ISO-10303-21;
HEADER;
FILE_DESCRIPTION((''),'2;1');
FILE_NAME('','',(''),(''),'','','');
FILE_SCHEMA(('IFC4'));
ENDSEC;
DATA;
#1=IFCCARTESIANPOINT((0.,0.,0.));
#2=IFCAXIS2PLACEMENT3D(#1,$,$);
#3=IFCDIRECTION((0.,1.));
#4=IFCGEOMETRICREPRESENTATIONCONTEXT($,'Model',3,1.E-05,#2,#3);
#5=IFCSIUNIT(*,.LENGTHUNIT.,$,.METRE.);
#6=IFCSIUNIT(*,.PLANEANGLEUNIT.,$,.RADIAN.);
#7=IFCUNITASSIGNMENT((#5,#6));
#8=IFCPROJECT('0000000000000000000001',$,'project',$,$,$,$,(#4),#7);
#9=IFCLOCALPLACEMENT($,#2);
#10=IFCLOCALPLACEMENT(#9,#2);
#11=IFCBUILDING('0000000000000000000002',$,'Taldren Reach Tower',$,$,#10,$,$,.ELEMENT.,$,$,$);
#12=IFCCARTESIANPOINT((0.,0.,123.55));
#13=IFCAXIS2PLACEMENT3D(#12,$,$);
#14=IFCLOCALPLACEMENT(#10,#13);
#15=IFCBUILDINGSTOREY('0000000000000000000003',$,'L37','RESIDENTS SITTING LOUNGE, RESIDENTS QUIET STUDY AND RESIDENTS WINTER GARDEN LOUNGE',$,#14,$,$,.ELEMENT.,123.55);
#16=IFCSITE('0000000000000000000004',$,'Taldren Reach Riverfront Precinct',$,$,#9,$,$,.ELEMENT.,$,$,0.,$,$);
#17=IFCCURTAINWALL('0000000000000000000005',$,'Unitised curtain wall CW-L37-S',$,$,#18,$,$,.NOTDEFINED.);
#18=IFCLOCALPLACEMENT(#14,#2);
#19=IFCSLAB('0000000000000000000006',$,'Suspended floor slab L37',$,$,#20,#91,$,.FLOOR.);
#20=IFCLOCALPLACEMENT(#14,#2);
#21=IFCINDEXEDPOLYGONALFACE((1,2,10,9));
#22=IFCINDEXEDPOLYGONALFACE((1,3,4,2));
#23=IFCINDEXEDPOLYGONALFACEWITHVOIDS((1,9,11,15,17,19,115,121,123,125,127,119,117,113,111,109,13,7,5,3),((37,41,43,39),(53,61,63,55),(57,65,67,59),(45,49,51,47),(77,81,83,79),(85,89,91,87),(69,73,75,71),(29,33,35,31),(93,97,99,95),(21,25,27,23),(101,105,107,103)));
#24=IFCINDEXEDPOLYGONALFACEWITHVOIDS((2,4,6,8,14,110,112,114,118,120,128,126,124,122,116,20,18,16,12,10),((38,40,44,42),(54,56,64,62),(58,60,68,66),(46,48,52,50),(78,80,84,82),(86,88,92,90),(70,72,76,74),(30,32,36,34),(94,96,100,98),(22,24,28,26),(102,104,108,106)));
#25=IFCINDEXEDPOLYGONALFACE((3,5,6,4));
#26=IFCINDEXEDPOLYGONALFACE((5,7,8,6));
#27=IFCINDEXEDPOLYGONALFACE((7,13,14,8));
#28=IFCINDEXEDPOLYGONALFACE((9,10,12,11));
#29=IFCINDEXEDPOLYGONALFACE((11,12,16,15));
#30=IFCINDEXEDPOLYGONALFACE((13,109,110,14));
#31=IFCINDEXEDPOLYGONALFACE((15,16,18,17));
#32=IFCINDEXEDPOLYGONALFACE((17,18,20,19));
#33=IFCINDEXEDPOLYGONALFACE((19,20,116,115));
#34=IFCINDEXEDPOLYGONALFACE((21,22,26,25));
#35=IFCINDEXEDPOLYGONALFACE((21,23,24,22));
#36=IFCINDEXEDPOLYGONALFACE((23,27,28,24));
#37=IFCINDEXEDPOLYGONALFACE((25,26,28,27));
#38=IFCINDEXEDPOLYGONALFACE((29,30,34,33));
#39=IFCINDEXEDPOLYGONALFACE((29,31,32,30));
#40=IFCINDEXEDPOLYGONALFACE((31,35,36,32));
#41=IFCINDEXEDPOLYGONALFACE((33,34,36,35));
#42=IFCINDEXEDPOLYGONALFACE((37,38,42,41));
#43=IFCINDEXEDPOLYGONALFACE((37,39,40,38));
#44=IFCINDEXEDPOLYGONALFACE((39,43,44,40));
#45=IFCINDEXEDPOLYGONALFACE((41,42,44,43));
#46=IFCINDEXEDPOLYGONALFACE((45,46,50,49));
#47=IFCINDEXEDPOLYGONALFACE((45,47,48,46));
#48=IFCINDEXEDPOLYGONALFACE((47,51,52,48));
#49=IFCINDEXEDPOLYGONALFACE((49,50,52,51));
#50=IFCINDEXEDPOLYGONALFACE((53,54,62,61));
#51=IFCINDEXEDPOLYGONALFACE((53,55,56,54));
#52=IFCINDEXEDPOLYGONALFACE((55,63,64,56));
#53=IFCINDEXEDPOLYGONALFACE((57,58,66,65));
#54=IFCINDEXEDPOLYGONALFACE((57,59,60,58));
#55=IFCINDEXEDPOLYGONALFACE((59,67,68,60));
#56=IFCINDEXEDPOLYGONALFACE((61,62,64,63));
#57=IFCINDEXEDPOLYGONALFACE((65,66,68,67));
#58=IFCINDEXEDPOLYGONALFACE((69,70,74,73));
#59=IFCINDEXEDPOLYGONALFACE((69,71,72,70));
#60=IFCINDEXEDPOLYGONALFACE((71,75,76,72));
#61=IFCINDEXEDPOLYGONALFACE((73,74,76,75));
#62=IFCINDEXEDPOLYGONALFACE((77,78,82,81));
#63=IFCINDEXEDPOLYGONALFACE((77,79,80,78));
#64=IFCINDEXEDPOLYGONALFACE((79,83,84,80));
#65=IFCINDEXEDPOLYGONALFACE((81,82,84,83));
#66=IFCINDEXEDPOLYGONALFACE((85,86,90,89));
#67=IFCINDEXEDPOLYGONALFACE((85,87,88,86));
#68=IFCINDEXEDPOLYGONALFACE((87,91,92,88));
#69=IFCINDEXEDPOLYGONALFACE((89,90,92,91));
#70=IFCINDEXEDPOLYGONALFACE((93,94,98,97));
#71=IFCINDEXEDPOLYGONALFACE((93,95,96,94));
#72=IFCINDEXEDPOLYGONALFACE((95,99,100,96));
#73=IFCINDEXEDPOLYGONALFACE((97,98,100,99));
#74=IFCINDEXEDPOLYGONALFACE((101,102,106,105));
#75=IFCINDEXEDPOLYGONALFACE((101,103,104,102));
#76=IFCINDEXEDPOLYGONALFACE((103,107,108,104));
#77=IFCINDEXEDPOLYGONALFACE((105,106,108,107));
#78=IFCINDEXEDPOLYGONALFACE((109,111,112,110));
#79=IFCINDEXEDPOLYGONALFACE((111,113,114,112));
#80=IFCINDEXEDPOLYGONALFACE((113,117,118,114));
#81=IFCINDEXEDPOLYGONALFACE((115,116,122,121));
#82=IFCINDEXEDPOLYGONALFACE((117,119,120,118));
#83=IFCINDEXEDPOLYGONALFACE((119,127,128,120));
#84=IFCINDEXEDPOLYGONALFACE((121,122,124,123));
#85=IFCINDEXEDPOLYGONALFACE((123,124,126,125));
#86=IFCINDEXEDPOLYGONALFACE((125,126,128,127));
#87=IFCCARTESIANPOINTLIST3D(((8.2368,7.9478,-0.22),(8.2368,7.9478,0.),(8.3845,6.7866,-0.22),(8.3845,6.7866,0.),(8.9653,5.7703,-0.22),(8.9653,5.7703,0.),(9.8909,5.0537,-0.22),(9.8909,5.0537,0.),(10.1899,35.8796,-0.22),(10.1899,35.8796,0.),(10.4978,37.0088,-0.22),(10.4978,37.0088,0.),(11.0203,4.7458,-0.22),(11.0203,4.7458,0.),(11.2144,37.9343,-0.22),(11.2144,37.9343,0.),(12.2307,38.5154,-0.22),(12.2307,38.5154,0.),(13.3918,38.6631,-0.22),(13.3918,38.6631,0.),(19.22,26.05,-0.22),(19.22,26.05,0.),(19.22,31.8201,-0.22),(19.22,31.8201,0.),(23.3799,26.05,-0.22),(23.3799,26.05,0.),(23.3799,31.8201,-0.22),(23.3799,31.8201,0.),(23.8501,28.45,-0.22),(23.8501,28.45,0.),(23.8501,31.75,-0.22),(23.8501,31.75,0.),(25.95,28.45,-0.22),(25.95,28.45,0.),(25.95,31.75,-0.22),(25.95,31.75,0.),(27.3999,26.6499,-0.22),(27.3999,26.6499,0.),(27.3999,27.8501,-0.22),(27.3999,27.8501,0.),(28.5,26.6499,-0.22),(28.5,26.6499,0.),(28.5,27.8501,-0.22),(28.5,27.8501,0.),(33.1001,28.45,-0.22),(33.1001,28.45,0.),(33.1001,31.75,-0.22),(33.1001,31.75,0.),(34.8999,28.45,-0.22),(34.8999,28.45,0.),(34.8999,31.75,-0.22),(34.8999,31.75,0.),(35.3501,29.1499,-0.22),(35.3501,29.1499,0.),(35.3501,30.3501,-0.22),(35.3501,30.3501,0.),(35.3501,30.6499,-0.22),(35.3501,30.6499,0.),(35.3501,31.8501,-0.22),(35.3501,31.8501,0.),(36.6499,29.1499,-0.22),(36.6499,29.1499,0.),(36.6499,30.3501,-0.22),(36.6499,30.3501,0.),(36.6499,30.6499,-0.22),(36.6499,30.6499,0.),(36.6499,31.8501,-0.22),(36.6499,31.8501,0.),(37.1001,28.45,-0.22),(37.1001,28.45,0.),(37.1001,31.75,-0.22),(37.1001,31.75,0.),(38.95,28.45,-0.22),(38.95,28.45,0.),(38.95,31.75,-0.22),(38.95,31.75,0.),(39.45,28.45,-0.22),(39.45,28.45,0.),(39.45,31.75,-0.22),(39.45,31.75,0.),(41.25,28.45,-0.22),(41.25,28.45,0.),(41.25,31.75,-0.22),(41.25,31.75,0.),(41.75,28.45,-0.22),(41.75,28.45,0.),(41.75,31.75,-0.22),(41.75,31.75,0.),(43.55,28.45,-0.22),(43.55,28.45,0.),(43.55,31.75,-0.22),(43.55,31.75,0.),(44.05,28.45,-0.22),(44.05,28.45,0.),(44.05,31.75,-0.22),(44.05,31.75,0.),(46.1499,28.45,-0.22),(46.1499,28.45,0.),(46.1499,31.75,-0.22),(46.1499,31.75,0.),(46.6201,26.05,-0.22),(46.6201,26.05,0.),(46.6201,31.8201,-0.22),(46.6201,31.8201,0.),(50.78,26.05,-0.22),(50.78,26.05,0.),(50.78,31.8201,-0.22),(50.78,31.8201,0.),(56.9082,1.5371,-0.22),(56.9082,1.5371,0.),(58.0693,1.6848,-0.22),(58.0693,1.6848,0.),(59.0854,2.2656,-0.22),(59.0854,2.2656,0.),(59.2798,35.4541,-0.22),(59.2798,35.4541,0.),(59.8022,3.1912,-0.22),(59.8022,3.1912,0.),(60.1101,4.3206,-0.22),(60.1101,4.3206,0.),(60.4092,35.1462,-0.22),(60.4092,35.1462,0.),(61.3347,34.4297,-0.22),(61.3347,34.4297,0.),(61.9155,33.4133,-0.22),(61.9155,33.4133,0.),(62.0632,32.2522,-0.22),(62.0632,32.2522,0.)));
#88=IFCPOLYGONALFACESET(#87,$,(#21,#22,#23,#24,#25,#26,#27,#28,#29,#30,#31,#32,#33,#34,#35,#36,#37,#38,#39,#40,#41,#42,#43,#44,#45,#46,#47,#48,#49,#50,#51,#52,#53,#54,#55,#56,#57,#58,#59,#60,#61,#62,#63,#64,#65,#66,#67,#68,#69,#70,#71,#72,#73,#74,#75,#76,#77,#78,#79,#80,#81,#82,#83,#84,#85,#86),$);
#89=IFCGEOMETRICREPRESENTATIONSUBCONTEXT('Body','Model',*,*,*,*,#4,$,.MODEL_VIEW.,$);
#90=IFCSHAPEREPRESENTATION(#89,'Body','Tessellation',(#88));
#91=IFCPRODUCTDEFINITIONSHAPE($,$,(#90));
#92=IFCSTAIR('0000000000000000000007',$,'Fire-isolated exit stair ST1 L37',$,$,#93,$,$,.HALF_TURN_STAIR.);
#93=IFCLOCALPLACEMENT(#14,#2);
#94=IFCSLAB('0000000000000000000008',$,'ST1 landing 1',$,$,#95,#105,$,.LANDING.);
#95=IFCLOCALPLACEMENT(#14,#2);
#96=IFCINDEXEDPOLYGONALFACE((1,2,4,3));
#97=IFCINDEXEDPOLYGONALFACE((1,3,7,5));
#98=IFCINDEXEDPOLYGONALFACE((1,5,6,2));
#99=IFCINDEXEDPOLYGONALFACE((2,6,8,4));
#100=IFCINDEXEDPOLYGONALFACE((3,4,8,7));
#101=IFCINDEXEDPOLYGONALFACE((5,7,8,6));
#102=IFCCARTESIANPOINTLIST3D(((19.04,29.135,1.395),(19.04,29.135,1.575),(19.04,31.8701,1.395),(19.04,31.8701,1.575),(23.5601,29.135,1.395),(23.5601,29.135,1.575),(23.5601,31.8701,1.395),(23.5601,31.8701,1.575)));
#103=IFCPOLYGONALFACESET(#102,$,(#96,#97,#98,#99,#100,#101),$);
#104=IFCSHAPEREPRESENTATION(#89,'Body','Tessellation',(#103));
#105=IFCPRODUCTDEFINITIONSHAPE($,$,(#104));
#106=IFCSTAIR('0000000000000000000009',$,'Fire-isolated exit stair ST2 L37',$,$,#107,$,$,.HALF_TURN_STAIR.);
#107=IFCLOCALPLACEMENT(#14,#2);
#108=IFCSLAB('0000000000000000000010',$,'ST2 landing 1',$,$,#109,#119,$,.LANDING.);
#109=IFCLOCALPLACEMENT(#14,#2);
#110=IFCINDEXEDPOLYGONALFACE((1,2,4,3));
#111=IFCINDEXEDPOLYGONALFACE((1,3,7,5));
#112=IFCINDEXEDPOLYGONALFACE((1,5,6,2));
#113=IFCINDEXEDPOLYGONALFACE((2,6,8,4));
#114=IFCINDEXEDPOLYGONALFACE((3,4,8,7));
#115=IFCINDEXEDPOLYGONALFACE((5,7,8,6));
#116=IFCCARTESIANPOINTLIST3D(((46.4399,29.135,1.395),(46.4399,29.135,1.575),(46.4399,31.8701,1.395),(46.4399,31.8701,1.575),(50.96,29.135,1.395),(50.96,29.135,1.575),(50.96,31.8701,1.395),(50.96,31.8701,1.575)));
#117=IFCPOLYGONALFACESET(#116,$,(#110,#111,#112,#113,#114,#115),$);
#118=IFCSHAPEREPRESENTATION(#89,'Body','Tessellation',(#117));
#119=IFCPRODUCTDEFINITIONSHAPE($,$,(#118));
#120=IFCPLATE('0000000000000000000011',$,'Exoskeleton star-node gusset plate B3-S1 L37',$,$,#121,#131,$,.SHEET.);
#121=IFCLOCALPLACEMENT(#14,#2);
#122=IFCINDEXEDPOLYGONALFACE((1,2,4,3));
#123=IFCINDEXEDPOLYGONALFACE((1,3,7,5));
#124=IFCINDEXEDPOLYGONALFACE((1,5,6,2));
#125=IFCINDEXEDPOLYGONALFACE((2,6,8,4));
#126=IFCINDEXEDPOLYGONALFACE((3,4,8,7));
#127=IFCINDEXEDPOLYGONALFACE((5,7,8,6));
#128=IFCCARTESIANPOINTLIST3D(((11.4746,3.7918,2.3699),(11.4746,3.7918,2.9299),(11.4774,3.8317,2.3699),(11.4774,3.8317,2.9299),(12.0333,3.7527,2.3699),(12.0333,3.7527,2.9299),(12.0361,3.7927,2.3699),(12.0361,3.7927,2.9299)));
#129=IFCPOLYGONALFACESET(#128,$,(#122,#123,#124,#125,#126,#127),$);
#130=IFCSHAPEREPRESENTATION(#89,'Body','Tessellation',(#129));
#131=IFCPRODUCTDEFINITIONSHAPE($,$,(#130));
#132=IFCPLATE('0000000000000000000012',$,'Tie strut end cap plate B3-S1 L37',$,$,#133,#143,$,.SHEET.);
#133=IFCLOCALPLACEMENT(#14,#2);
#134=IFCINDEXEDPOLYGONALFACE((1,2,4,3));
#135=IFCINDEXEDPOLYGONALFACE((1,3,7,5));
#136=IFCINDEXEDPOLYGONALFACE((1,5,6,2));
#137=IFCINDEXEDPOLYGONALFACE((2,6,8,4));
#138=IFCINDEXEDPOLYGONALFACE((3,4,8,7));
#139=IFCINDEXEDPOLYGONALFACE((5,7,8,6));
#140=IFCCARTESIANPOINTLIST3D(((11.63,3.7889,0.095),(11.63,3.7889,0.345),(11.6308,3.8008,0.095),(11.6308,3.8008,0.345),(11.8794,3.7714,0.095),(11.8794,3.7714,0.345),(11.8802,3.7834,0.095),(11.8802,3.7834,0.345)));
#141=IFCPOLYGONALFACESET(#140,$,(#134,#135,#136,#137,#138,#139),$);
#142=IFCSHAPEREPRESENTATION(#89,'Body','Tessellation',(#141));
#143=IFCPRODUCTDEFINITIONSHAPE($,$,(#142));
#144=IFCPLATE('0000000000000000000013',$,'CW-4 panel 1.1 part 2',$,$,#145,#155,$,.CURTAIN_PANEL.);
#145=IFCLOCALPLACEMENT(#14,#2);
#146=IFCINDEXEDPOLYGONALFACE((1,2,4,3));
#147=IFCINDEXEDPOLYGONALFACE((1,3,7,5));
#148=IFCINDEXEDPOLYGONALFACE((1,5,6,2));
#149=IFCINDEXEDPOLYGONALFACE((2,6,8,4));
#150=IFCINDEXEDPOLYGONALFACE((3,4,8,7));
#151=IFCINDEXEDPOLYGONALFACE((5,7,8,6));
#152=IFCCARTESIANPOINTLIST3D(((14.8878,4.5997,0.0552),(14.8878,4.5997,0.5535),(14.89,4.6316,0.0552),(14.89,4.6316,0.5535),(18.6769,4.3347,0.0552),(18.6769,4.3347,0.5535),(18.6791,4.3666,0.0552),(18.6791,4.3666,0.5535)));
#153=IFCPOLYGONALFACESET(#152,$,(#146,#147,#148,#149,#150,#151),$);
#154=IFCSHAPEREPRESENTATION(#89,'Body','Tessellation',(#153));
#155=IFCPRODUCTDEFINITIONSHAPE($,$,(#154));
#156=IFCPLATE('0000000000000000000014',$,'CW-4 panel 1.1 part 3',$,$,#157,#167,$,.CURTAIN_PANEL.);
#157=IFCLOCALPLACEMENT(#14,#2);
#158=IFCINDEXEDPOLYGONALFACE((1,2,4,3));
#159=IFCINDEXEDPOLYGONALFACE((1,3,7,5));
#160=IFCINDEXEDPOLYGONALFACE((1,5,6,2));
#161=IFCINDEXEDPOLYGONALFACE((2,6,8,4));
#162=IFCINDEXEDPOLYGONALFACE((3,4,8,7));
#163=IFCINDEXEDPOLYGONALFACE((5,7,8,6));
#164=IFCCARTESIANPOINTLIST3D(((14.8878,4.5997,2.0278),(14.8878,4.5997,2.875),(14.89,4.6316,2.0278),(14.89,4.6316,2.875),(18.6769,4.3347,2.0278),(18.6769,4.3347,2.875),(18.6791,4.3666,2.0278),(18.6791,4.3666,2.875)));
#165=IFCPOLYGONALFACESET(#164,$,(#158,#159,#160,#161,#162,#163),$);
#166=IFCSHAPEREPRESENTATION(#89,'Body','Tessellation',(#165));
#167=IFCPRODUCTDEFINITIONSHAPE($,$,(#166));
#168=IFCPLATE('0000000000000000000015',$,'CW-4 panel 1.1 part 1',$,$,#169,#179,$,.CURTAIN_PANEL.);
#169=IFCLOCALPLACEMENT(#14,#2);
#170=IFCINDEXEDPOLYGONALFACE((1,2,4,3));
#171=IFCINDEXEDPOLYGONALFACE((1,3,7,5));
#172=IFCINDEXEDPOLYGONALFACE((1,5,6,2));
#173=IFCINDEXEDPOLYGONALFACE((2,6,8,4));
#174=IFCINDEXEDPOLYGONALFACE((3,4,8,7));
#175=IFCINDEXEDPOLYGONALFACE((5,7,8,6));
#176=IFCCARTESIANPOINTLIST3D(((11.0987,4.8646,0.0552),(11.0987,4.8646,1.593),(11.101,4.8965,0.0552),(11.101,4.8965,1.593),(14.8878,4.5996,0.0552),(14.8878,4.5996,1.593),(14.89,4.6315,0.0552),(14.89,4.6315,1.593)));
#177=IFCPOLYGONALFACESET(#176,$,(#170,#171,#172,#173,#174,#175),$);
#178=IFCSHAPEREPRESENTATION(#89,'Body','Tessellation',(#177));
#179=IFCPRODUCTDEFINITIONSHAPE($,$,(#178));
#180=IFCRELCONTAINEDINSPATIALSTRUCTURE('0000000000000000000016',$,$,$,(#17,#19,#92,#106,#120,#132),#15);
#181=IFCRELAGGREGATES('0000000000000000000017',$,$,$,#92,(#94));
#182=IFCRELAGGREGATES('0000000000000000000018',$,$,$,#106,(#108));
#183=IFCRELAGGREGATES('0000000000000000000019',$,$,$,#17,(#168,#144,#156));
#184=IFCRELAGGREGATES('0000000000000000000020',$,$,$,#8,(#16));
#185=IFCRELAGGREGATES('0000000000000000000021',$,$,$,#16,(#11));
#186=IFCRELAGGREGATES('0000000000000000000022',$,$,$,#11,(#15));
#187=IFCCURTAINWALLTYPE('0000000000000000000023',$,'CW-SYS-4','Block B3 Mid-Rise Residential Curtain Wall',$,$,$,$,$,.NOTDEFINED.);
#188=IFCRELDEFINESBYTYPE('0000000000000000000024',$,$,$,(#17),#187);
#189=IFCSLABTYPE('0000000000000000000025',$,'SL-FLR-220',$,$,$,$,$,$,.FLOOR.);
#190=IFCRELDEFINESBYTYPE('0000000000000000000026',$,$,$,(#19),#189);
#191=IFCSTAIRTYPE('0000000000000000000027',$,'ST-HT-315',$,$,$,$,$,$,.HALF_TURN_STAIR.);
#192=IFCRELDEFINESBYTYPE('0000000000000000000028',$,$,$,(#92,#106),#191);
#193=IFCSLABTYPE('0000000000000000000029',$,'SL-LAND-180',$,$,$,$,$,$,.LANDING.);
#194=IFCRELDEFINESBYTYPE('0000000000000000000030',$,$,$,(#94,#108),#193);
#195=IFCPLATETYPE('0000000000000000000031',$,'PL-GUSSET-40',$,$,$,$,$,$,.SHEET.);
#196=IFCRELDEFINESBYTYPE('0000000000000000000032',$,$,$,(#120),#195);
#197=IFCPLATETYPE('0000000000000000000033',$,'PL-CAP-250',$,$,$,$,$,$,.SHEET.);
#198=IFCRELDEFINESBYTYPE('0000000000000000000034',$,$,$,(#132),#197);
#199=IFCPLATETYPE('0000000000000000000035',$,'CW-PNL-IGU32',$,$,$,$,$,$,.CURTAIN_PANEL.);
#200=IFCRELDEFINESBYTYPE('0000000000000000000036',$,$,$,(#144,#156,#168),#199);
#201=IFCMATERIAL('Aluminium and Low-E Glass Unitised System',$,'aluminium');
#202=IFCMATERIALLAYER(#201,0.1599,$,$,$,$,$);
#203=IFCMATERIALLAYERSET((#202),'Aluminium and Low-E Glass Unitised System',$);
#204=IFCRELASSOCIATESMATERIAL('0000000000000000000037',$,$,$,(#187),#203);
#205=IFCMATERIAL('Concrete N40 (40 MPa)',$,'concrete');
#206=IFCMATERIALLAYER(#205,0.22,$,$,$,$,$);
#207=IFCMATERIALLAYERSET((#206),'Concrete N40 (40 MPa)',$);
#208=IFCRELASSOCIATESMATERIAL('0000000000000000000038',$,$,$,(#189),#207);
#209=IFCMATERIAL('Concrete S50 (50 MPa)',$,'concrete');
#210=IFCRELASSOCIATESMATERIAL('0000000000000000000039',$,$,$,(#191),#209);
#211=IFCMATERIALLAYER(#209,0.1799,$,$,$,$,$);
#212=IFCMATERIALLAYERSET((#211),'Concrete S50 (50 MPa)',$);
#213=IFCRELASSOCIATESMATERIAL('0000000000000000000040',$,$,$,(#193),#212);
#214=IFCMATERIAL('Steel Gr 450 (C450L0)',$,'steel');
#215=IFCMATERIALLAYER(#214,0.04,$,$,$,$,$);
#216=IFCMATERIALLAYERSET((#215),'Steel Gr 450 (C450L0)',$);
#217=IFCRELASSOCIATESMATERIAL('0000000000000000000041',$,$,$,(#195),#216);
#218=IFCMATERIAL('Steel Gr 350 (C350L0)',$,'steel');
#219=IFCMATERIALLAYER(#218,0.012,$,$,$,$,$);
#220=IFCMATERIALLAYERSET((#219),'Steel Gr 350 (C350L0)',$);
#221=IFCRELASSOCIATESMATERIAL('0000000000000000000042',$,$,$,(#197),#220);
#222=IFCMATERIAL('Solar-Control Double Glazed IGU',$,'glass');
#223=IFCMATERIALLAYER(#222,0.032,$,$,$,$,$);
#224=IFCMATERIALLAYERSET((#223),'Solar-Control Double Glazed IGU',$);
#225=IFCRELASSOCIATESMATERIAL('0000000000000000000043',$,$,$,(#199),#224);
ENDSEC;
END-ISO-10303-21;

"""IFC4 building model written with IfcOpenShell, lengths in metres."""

from ifc_helpers import new_model, si_unit, direction, frame, origin, origin_2d, place, context, subcontext, project, spatial, polyline, rectangle, outline, extrude, source, transform, mapped, material, layer, layer_set, type_object, element, aggregate, save


model = new_model("IFC4")

# Units and contexts
model_context = context("Model", 3, precision=1e-05, world=origin(), true_north=direction((0.0, 1.0)))
body_context = subcontext(model_context, "Body", "Model", "MODEL_VIEW")
ifc_project = project(units=[si_unit("LENGTHUNIT", "METRE"), si_unit("PLANEANGLEUNIT", "RADIAN")], contexts=[model_context])

# Site, building, storey
site_placement = place(None, origin())
site = spatial("IfcSite", under=ifc_project, at=site_placement, Name="Taldren Reach Riverfront Precinct", CompositionType="ELEMENT", RefElevation=0.0)
building_placement = place(site_placement, origin())
building = spatial("IfcBuilding", under=site, at=building_placement, Name="Taldren Reach Tower", CompositionType="ELEMENT")
storey_placement = place(building_placement, frame((0.0, 0.0, 123.55)))
storey = spatial("IfcBuildingStorey", under=building, at=storey_placement, Name="L37", Description="RESIDENTS SITTING LOUNGE, RESIDENTS QUIET STUDY AND RESIDENTS WINTER GARDEN LOUNGE", CompositionType="ELEMENT", Elevation=123.55)

# Shared definitions
ifc_material_1 = material(Name="Steel Gr 450 (C450L0)", Category="steel")

# Shared definitions
ifc_material_2 = material(Name="Steel Gr 350 (C350L0)", Category="steel")

# Curtain wall
ifc_material_3 = material(Name="Aluminium and Low-E Glass Unitised System", Category="aluminium")
ifc_layer_1 = layer(ifc_material_3, 0.1599)
ifc_layer_set_1 = layer_set([ifc_layer_1], Name="Aluminium and Low-E Glass Unitised System")
curtain_wall_type = type_object("IfcCurtainWallType", Name="CW-SYS-4", Description="Block B3 Mid-Rise Residential Curtain Wall", PredefinedType="NOTDEFINED", material=ifc_layer_set_1)
curtain_wall_1_placement = place(storey_placement, origin())
curtain_wall_1 = element("IfcCurtainWall", 1, at=curtain_wall_1_placement, inside=storey, type_object=curtain_wall_type, Name="Unitised curtain wall CW-L37-S", PredefinedType="NOTDEFINED")

# Slab
ifc_material_4 = material(Name="Concrete N40 (40 MPa)", Category="concrete")
ifc_layer_2 = layer(ifc_material_4, 0.22)
ifc_layer_set_2 = layer_set([ifc_layer_2], Name="Concrete N40 (40 MPa)")
slab_type_1 = type_object("IfcSlabType", Name="SL-FLR-220", PredefinedType="FLOOR", material=ifc_layer_set_2)
slab_1_placement = place(storey_placement, frame((0.0, 0.0, -0.22)))
element("IfcSlab", 2, at=slab_1_placement, inside=storey, type_object=slab_type_1, Name="Suspended floor slab L37", PredefinedType="FLOOR", context=body_context, shape_type="SweptSolid", body=[
    extrude(outline(polyline([(56.9082, 1.5371), (58.0693, 1.6848), (59.0854, 2.2656), (59.8022, 3.1912), (60.1101, 4.3206), (62.0632, 32.2522), (61.9155, 33.4133), (61.3347, 34.4297), (60.4092, 35.1462), (59.2798, 35.4541), (13.3918, 38.6631), (12.2307, 38.5154), (11.2144, 37.9343), (10.4978, 37.0088), (10.1899, 35.8796), (8.2368, 7.9478), (8.3845, 6.7866), (8.9653, 5.7703), (9.8909, 5.0537), (11.0203, 4.7458), (56.9082, 1.5371)]), holes=[polyline([(19.22, 26.05), (23.3799, 26.05), (23.3799, 31.8201), (19.22, 31.8201), (19.22, 26.05)]), polyline([(46.6201, 26.05), (50.78, 26.05), (50.78, 31.8201), (46.6201, 31.8201), (46.6201, 26.05)]), polyline([(23.8501, 28.45), (25.95, 28.45), (25.95, 31.75), (23.8501, 31.75), (23.8501, 28.45)]), polyline([(44.05, 28.45), (46.1499, 28.45), (46.1499, 31.75), (44.05, 31.75), (44.05, 28.45)]), polyline([(33.1001, 28.45), (34.8999, 28.45), (34.8999, 31.75), (33.1001, 31.75), (33.1001, 28.45)]), polyline([(37.1001, 28.45), (38.95, 28.45), (38.95, 31.75), (37.1001, 31.75), (37.1001, 28.45)]), polyline([(39.45, 28.45), (41.25, 28.45), (41.25, 31.75), (39.45, 31.75), (39.45, 28.45)]), polyline([(41.75, 28.45), (43.55, 28.45), (43.55, 31.75), (41.75, 31.75), (41.75, 28.45)]), polyline([(35.3501, 30.6499), (36.6499, 30.6499), (36.6499, 31.8501), (35.3501, 31.8501), (35.3501, 30.6499)]), polyline([(35.3501, 29.1499), (36.6499, 29.1499), (36.6499, 30.3501), (35.3501, 30.3501), (35.3501, 29.1499)]), polyline([(27.3999, 26.6499), (28.5, 26.6499), (28.5, 27.8501), (27.3999, 27.8501), (27.3999, 26.6499)])]), origin(), (0.0, 0.0, 1.0), 0.22),
])

# Stairs, slabs
ifc_material_5 = material(Name="Concrete S50 (50 MPa)", Category="concrete")
stair_type = type_object("IfcStairType", Name="ST-HT-315", PredefinedType="HALF_TURN_STAIR", material=ifc_material_5)
stair_1_placement = place(storey_placement, origin())
stair_1 = element("IfcStair", 3, at=stair_1_placement, inside=storey, type_object=stair_type, Name="Fire-isolated exit stair ST1 L37", PredefinedType="HALF_TURN_STAIR")
ifc_layer_3 = layer(ifc_material_5, 0.1799)
ifc_layer_set_3 = layer_set([ifc_layer_3], Name="Concrete S50 (50 MPa)")
slab_type_2 = type_object("IfcSlabType", Name="SL-LAND-180", PredefinedType="LANDING", material=ifc_layer_set_3)
slab_2_placement = place(storey_placement, frame((0.0, 0.0, 1.395)))
slab_2 = element("IfcSlab", 4, at=slab_2_placement, type_object=slab_type_2, Name="ST1 landing 1", PredefinedType="LANDING", context=body_context, shape_type="SweptSolid", body=[
    extrude(outline(polyline([(19.04, 29.135), (23.5601, 29.135), (23.5601, 31.8701), (19.04, 31.8701), (19.04, 29.135)])), origin(), (0.0, 0.0, 1.0), 0.1799),
])
aggregate(stair_1, [slab_2])
stair_2_placement = place(storey_placement, origin())
stair_2 = element("IfcStair", 5, at=stair_2_placement, inside=storey, type_object=stair_type, Name="Fire-isolated exit stair ST2 L37", PredefinedType="HALF_TURN_STAIR")
slab_3_placement = place(storey_placement, frame((0.0, 0.0, 1.395)))
slab_3 = element("IfcSlab", 6, at=slab_3_placement, type_object=slab_type_2, Name="ST2 landing 1", PredefinedType="LANDING", context=body_context, shape_type="SweptSolid", body=[
    extrude(outline(polyline([(46.4399, 29.135), (50.96, 29.135), (50.96, 31.8701), (46.4399, 31.8701), (46.4399, 29.135)])), origin(), (0.0, 0.0, 1.0), 0.1799),
])
aggregate(stair_2, [slab_3])

# Plates
ifc_layer_4 = layer(ifc_material_1, 0.04)
ifc_layer_set_4 = layer_set([ifc_layer_4], Name="Steel Gr 450 (C450L0)")
plate_type_1 = type_object("IfcPlateType", Name="PL-GUSSET-40", PredefinedType="SHEET", material=ifc_layer_set_4)
shared_shape_1 = source(origin(), body_context, "Body", "SweptSolid", [
    extrude(rectangle(XDim=0.5601, YDim=0.04, at=origin_2d()), origin(), (0.0, 0.0, 1.0), 0.5601),
])
plate_1_placement = place(storey_placement, frame((11.7554, 3.7922, 2.3699), z_axis=(0.0, 0.0, 1.0), x_axis=(0.997564, -0.069756, 0.0)))
element("IfcPlate", 7, at=plate_1_placement, inside=storey, type_object=plate_type_1, Name="Exoskeleton star-node gusset plate B3-S1 L37", PredefinedType="SHEET", context=body_context, shape_type="MappedRepresentation", body=[
    mapped(shared_shape_1, transform((0.0, 0.0, 0.0), scale=1.0)),
])
ifc_layer_5 = layer(ifc_material_2, 0.012)
ifc_layer_set_5 = layer_set([ifc_layer_5], Name="Steel Gr 350 (C350L0)")
plate_type_2 = type_object("IfcPlateType", Name="PL-CAP-250", PredefinedType="SHEET", material=ifc_layer_set_5)
shared_shape_2 = source(origin(), body_context, "Body", "SweptSolid", [
    extrude(rectangle(XDim=0.25, YDim=0.012, at=origin_2d()), origin(), (0.0, 0.0, 1.0), 0.25),
])
plate_2_placement = place(storey_placement, frame((11.7551, 3.7861, 0.095), z_axis=(0.0, 0.0, 1.0), x_axis=(0.997564, -0.069756, 0.0)))
element("IfcPlate", 8, at=plate_2_placement, inside=storey, type_object=plate_type_2, Name="Tie strut end cap plate B3-S1 L37", PredefinedType="SHEET", context=body_context, shape_type="MappedRepresentation", body=[
    mapped(shared_shape_2, transform((0.0, 0.0, 0.0), scale=1.0)),
])

# Plates
ifc_material_6 = material(Name="Solar-Control Double Glazed IGU", Category="glass")
ifc_layer_6 = layer(ifc_material_6, 0.032)
ifc_layer_set_6 = layer_set([ifc_layer_6], Name="Solar-Control Double Glazed IGU")
plate_type_3 = type_object("IfcPlateType", Name="CW-PNL-IGU32", PredefinedType="CURTAIN_PANEL", material=ifc_layer_set_6)
shared_shape_3 = source(origin(), body_context, "Body", "SweptSolid", [
    extrude(rectangle(XDim=3.7983, YDim=0.032, at=origin_2d()), origin(), (0.0, 0.0, 1.0), 0.4983),
])
plate_3_placement = place(storey_placement, frame((16.7834, 4.4832, 0.0552), z_axis=(0.0, 0.0, 1.0), x_axis=(0.997564, -0.069757, 0.0)))
plate_3 = element("IfcPlate", 9, at=plate_3_placement, type_object=plate_type_3, Name="CW-4 panel 1.1 part 2", PredefinedType="CURTAIN_PANEL", context=body_context, shape_type="MappedRepresentation", body=[
    mapped(shared_shape_3, transform((0.0, 0.0, 0.0), scale=1.0)),
])
shared_shape_4 = source(origin(), body_context, "Body", "SweptSolid", [
    extrude(rectangle(XDim=3.7983, YDim=0.032, at=origin_2d()), origin(), (0.0, 0.0, 1.0), 0.8472),
])
plate_4_placement = place(storey_placement, frame((16.7834, 4.4832, 2.0278), z_axis=(0.0, 0.0, 1.0), x_axis=(0.997564, -0.069757, 0.0)))
plate_4 = element("IfcPlate", 10, at=plate_4_placement, type_object=plate_type_3, Name="CW-4 panel 1.1 part 3", PredefinedType="CURTAIN_PANEL", context=body_context, shape_type="MappedRepresentation", body=[
    mapped(shared_shape_4, transform((0.0, 0.0, 0.0), scale=1.0)),
])
shared_shape_5 = source(origin(), body_context, "Body", "SweptSolid", [
    extrude(rectangle(XDim=3.7983, YDim=0.032, at=origin_2d()), origin(), (0.0, 0.0, 1.0), 1.5378),
])
plate_5_placement = place(storey_placement, frame((12.9944, 4.748, 0.0552), z_axis=(0.0, 0.0, 1.0), x_axis=(0.997564, -0.069757, 0.0)))
plate_5 = element("IfcPlate", 11, at=plate_5_placement, type_object=plate_type_3, Name="CW-4 panel 1.1 part 1", PredefinedType="CURTAIN_PANEL", context=body_context, shape_type="MappedRepresentation", body=[
    mapped(shared_shape_5, transform((0.0, 0.0, 0.0), scale=1.0)),
])
aggregate(curtain_wall_1, [plate_5, plate_3, plate_4])

save(model, "model.ifc")
